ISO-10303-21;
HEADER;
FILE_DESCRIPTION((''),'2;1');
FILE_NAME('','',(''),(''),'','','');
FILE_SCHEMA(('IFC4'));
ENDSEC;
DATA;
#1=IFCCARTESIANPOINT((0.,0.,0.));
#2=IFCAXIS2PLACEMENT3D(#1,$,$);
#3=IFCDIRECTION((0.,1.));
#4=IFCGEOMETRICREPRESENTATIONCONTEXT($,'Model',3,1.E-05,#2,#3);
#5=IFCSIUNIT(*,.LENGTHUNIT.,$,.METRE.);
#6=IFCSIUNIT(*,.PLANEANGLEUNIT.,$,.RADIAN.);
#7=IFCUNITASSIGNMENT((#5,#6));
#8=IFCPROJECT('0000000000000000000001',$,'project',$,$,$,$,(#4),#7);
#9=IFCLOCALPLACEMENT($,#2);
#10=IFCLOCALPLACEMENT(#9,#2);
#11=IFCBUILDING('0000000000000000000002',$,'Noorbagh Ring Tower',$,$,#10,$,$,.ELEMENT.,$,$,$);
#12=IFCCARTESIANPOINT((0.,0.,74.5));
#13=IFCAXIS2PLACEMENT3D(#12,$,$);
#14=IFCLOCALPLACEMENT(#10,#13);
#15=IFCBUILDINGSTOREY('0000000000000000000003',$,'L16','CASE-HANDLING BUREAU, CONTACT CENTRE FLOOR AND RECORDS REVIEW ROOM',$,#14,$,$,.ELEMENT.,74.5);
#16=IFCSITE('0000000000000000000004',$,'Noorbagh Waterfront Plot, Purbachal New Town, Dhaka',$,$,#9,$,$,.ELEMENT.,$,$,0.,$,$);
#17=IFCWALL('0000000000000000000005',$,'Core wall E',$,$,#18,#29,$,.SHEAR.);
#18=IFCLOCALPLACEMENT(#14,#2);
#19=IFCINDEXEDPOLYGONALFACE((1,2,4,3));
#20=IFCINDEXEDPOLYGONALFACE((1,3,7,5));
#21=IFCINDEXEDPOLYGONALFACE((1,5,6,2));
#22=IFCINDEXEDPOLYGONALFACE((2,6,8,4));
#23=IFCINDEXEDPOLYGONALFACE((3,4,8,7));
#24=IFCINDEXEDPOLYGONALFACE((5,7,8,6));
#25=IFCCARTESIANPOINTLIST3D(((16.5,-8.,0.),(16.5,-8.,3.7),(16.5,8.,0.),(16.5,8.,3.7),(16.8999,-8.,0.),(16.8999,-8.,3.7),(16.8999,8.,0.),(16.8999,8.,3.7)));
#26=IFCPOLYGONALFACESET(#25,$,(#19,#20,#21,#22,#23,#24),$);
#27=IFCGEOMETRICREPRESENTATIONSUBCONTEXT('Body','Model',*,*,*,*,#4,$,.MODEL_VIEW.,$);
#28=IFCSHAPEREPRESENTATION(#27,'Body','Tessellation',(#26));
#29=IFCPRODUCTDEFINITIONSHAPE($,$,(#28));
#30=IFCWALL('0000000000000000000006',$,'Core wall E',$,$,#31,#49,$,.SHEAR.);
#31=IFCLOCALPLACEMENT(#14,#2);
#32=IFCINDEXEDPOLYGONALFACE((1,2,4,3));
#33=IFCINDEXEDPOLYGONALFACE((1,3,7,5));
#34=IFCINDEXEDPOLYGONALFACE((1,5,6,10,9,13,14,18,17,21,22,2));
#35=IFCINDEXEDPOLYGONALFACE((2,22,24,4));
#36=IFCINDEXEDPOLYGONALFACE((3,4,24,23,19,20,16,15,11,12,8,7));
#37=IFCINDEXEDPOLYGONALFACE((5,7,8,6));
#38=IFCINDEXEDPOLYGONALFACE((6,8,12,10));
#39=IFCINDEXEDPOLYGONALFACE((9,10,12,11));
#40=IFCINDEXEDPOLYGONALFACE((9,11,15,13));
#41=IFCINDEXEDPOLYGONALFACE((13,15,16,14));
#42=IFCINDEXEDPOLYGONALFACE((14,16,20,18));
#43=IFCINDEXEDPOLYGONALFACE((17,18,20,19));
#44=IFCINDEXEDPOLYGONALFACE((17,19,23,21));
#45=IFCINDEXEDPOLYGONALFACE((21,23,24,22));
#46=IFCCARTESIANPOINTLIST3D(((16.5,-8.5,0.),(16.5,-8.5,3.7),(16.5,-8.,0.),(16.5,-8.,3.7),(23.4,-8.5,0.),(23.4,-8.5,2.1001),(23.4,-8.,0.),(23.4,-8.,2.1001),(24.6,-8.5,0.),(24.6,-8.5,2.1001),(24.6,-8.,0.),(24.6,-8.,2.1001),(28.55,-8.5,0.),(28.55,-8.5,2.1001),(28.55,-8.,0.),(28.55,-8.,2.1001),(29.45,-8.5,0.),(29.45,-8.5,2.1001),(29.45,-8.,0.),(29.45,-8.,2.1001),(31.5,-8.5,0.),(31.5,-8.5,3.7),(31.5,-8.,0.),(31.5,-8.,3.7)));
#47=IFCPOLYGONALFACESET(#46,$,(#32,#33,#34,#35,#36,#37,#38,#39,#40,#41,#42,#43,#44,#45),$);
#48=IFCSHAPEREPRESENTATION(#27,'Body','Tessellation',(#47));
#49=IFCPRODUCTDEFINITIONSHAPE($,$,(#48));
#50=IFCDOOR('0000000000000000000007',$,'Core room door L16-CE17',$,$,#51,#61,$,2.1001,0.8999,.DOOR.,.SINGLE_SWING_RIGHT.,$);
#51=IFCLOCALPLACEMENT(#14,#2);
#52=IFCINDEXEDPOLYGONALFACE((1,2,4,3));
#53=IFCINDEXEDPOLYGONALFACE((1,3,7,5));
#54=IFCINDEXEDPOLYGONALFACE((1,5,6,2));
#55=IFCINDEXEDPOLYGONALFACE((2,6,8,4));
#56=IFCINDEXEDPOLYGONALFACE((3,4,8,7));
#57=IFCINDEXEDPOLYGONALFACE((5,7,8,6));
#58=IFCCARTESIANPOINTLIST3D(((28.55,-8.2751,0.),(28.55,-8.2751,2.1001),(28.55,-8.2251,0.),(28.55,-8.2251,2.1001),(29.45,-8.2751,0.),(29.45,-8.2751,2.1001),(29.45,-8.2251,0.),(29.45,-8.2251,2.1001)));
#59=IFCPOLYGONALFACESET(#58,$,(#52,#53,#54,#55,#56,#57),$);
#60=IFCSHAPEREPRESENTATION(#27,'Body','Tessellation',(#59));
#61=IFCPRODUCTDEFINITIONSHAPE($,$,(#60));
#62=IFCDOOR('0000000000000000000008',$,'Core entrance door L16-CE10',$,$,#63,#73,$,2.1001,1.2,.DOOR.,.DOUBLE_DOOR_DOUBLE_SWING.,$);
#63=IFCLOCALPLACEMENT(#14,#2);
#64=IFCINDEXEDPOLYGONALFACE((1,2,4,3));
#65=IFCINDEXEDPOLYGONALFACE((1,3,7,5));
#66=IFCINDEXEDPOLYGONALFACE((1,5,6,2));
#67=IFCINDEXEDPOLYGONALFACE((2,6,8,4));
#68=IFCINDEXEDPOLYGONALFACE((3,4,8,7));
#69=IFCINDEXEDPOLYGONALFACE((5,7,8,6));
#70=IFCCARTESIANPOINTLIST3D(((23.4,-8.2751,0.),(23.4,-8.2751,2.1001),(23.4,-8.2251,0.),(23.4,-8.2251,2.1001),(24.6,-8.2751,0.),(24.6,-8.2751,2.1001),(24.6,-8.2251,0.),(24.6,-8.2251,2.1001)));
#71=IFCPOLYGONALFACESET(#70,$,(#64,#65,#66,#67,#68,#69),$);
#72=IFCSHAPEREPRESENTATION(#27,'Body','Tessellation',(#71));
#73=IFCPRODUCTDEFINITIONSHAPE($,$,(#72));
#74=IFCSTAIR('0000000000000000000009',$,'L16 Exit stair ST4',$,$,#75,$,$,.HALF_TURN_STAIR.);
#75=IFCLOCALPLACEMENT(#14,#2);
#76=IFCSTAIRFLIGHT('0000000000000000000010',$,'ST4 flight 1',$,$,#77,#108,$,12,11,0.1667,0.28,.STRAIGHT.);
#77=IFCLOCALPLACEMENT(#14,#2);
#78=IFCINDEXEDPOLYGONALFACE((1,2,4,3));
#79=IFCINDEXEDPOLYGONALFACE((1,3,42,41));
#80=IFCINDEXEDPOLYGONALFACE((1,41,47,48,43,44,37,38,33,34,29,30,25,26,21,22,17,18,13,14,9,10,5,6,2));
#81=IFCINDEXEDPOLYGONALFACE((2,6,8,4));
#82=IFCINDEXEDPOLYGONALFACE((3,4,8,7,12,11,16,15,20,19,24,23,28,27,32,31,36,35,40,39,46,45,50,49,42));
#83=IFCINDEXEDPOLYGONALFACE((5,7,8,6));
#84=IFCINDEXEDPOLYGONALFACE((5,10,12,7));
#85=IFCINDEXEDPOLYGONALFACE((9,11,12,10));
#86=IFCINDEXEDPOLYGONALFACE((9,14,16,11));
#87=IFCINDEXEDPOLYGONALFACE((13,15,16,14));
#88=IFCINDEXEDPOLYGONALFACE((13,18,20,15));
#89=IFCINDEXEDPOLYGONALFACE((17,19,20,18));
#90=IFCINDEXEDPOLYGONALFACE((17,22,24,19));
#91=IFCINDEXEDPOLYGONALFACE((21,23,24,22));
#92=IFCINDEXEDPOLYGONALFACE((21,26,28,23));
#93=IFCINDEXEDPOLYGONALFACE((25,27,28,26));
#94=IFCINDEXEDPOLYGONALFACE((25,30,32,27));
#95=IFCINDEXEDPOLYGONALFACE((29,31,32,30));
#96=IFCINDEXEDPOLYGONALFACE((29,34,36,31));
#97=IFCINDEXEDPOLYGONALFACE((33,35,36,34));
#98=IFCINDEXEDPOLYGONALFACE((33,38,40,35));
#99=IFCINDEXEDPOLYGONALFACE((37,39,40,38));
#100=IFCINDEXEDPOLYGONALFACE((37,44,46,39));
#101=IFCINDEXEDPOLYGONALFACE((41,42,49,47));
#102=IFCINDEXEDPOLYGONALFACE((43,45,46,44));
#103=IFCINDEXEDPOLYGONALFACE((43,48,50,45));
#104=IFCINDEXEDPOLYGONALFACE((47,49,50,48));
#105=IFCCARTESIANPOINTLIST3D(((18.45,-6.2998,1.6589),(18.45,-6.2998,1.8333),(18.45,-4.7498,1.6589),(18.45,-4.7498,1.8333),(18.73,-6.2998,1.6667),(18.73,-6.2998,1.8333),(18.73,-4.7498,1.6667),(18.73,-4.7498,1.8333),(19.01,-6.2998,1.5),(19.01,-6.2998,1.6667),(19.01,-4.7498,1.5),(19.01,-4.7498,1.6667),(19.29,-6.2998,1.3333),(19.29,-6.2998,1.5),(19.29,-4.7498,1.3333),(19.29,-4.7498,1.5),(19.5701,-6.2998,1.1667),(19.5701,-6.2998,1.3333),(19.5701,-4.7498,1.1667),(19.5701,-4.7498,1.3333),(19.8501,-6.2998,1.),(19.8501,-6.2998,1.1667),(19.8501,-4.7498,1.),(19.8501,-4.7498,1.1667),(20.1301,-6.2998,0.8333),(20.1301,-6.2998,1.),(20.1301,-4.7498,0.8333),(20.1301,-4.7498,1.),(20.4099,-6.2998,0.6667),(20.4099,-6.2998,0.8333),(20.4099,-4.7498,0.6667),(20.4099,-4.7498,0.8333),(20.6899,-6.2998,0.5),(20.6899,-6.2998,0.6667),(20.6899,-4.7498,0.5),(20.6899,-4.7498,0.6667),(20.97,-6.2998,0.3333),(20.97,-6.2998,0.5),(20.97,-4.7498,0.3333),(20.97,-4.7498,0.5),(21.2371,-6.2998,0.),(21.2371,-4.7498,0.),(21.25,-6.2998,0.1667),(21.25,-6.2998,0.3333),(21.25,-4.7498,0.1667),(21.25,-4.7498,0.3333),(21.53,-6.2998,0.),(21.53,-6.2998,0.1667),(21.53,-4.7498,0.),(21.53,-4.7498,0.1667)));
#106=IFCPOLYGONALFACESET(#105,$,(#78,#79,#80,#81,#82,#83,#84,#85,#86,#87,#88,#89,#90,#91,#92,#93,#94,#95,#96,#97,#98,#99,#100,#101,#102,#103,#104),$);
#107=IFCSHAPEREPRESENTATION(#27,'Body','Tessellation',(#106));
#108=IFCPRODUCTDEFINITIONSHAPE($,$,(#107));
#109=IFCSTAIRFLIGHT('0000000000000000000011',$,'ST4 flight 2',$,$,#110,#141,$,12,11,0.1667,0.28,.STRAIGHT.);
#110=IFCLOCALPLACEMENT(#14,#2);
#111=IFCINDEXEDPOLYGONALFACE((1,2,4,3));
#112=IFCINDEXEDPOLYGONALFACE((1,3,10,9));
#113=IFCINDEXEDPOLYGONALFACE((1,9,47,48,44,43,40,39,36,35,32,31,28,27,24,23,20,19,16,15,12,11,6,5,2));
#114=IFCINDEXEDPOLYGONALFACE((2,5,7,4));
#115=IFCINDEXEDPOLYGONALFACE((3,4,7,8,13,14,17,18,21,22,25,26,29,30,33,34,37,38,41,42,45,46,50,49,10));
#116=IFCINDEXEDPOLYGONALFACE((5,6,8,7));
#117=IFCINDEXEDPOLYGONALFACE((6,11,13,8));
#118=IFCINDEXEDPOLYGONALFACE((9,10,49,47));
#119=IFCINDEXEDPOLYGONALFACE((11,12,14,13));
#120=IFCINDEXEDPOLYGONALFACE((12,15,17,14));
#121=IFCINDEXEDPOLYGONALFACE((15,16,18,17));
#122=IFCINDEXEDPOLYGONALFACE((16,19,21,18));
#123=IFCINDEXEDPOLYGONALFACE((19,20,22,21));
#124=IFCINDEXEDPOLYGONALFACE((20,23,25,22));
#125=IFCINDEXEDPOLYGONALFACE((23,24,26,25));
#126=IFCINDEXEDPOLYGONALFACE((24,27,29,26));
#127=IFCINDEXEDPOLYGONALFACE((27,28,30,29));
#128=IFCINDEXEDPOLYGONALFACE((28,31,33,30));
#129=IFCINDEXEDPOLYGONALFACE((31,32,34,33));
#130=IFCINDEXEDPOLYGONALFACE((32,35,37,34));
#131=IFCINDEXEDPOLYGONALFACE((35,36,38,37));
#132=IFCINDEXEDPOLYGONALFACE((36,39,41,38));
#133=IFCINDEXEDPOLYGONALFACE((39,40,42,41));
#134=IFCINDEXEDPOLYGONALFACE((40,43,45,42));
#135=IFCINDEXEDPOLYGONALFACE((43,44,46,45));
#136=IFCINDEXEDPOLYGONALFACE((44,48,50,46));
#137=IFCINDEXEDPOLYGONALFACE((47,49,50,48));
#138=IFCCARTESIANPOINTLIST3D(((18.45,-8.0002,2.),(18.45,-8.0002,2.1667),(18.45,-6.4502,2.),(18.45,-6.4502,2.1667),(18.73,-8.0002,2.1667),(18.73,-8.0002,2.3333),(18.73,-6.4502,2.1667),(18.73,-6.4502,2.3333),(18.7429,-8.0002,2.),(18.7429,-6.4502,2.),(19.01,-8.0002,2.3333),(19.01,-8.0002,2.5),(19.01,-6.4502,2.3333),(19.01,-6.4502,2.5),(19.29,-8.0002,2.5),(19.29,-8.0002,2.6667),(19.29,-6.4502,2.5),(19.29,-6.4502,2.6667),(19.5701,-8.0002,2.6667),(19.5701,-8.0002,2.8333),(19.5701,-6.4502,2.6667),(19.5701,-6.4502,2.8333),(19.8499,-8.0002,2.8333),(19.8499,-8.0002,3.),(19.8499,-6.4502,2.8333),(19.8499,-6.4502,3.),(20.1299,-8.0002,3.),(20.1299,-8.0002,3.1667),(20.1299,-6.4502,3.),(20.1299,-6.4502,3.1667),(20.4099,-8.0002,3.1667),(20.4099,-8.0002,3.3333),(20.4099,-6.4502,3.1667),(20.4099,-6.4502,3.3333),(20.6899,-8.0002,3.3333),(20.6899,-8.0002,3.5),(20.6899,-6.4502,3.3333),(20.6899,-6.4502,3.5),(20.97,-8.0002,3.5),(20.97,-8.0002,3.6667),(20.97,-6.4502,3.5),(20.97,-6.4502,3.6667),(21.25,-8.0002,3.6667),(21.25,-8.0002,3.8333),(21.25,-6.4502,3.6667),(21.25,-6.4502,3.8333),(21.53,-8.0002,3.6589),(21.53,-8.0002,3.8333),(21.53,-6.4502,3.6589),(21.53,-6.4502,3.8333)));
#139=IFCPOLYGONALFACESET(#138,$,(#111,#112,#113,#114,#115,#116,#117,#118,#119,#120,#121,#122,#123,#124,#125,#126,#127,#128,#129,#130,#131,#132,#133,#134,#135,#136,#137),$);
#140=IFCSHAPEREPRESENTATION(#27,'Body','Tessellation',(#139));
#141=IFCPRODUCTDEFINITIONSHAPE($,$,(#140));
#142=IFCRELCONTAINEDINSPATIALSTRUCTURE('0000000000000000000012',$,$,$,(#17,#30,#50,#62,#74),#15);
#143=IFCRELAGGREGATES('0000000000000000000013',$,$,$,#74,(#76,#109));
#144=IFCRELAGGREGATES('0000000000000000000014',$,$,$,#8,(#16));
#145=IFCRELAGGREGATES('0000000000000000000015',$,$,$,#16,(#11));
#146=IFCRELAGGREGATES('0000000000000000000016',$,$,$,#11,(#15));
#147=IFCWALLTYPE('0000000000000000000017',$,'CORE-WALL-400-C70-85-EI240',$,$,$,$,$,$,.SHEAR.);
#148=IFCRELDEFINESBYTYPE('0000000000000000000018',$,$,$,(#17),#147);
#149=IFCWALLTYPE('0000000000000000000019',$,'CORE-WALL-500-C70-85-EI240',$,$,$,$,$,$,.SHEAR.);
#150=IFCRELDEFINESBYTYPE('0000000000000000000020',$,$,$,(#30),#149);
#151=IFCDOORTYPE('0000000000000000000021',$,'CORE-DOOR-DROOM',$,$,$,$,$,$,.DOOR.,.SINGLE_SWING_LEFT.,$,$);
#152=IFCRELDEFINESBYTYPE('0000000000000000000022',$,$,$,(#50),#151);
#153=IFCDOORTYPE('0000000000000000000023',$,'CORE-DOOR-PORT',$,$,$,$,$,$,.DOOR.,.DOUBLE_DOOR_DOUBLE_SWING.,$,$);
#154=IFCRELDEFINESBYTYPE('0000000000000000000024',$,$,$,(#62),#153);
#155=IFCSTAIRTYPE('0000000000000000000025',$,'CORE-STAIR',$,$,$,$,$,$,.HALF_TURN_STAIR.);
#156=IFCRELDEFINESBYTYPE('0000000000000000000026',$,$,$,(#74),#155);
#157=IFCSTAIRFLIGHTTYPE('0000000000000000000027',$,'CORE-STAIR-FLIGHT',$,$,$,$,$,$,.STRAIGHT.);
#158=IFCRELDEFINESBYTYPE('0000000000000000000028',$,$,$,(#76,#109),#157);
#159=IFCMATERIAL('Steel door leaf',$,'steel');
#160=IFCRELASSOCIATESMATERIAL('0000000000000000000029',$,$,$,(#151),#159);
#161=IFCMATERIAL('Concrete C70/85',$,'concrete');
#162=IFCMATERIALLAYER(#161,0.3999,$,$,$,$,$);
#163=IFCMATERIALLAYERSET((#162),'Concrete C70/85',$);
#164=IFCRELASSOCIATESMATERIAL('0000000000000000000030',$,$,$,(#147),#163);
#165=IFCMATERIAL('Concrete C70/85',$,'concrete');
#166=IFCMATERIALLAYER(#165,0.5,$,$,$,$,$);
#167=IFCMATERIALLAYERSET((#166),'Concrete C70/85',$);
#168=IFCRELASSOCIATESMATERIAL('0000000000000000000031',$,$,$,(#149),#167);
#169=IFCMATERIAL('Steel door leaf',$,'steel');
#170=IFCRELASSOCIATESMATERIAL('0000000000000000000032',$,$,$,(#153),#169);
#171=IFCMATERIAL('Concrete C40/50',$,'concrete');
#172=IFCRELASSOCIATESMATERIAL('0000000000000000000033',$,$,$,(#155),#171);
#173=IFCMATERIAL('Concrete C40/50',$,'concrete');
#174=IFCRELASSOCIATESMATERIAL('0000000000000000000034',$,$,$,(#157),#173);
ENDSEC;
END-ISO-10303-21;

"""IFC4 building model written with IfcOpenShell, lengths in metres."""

from ifc_helpers import new_model, si_unit, direction, frame, frame_2d, origin, place, context, subcontext, project, spatial, polyline, rectangle, outline, extrude, material, layer, layer_set, type_object, element, fill, aggregate, save


model = new_model("IFC4")

# Units and contexts
model_context = context("Model", 3, precision=1e-05, world=origin(), true_north=direction((0.0, 1.0)))
body_context = subcontext(model_context, "Body", "Model", "MODEL_VIEW")
ifc_project = project(units=[si_unit("LENGTHUNIT", "METRE"), si_unit("PLANEANGLEUNIT", "RADIAN")], contexts=[model_context])

# Site, building, storey
site_placement = place(None, origin())
site = spatial("IfcSite", under=ifc_project, at=site_placement, Name="Noorbagh Waterfront Plot, Purbachal New Town, Dhaka", CompositionType="ELEMENT", RefElevation=0.0)
building_placement = place(site_placement, origin())
building = spatial("IfcBuilding", under=site, at=building_placement, Name="Noorbagh Ring Tower", CompositionType="ELEMENT")
storey_placement = place(building_placement, frame((0.0, 0.0, 74.5)))
storey = spatial("IfcBuildingStorey", under=building, at=storey_placement, Name="L16", Description="CASE-HANDLING BUREAU, CONTACT CENTRE FLOOR AND RECORDS REVIEW ROOM", CompositionType="ELEMENT", Elevation=74.5)

# Shared definitions
ifc_material_1 = material(Name="Steel door leaf", Category="steel")
door_type_1 = type_object("IfcDoorType", Name="CORE-DOOR-DROOM", OperationType="SINGLE_SWING_LEFT", PredefinedType="DOOR", material=ifc_material_1)

# Wall
ifc_material_2 = material(Name="Concrete C70/85", Category="concrete")
ifc_layer_1 = layer(ifc_material_2, 0.3999)
ifc_layer_set_1 = layer_set([ifc_layer_1], Name="Concrete C70/85")
wall_type_1 = type_object("IfcWallType", Name="CORE-WALL-400-C70-85-EI240", PredefinedType="SHEAR", material=ifc_layer_set_1)
wall_1_placement = place(storey_placement, frame((16.7, -8.0, 0.0), z_axis=(0.0, 0.0, 1.0), x_axis=(0.0, 1.0, 0.0)))
element("IfcWall", 1, at=wall_1_placement, inside=storey, type_object=wall_type_1, Name="Core wall E", PredefinedType="SHEAR", context=body_context, shape_type="SweptSolid", body=[
    extrude(rectangle(XDim=16.0, YDim=0.3999, at=frame_2d((8.0, 0.0))), origin(), (0.0, 0.0, 1.0), 3.7),
])

# Wall, openings, doors
ifc_material_3 = material(Name="Concrete C70/85", Category="concrete")
ifc_layer_2 = layer(ifc_material_3, 0.5)
ifc_layer_set_2 = layer_set([ifc_layer_2], Name="Concrete C70/85")
wall_type_2 = type_object("IfcWallType", Name="CORE-WALL-500-C70-85-EI240", PredefinedType="SHEAR", material=ifc_layer_set_2)
wall_2_placement = place(storey_placement, frame((16.5, -8.25, 0.0), z_axis=(0.0, 0.0, 1.0), x_axis=(1.0, 0.0, 0.0)))
wall_2 = element("IfcWall", 2, at=wall_2_placement, inside=storey, type_object=wall_type_2, Name="Core wall E", PredefinedType="SHEAR", context=body_context, shape_type="SweptSolid", body=[
    extrude(rectangle(XDim=15.0, YDim=0.5, at=frame_2d((7.5, 0.0))), origin(), (0.0, 0.0, 1.0), 3.7),
])
opening_1_placement = place(wall_2_placement, frame((6.8999, 0.0, 0.0)))
opening_1 = element("IfcOpeningElement", 3, at=opening_1_placement, cuts=wall_2, PredefinedType="OPENING", context=body_context, shape_type="SweptSolid", body=[
    extrude(rectangle(XDim=1.2, YDim=2.1001, at=frame_2d((0.6001, 1.05))), frame((0.0, 0.26, 0.0), z_axis=(0.0, -1.0, 0.0), x_axis=(1.0, 0.0, 0.0)), (0.0, 0.0, 1.0), 0.52),
])
opening_2_placement = place(wall_2_placement, frame((12.05, 0.0, 0.0)))
opening_2 = element("IfcOpeningElement", 4, at=opening_2_placement, cuts=wall_2, PredefinedType="OPENING", context=body_context, shape_type="SweptSolid", body=[
    extrude(rectangle(XDim=0.8999, YDim=2.1001, at=frame_2d((0.45, 1.05))), frame((0.0, 0.26, 0.0), z_axis=(0.0, -1.0, 0.0), x_axis=(1.0, 0.0, 0.0)), (0.0, 0.0, 1.0), 0.52),
])
door_1_placement = place(opening_2_placement, origin())
door_1 = element("IfcDoor", 5, at=door_1_placement, inside=storey, type_object=door_type_1, Name="Core room door L16-CE17", OperationType="SINGLE_SWING_RIGHT", OverallHeight=2.1001, OverallWidth=0.8999, PredefinedType="DOOR", context=body_context, shape_type="SweptSolid", body=[
    extrude(rectangle(XDim=0.8999, YDim=2.1001, at=frame_2d((0.45, 1.05))), frame((0.0, 0.0249, 0.0), z_axis=(0.0, -1.0, 0.0), x_axis=(1.0, 0.0, 0.0)), (0.0, 0.0, 1.0), 0.05),
])
fill(opening_2, door_1)
ifc_material_4 = material(Name="Steel door leaf", Category="steel")
door_type_2 = type_object("IfcDoorType", Name="CORE-DOOR-PORT", OperationType="DOUBLE_DOOR_DOUBLE_SWING", PredefinedType="DOOR", material=ifc_material_4)
door_2_placement = place(opening_1_placement, origin())
door_2 = element("IfcDoor", 6, at=door_2_placement, inside=storey, type_object=door_type_2, Name="Core entrance door L16-CE10", OperationType="DOUBLE_DOOR_DOUBLE_SWING", OverallHeight=2.1001, OverallWidth=1.2, PredefinedType="DOOR", context=body_context, shape_type="SweptSolid", body=[
    extrude(rectangle(XDim=1.2, YDim=2.1001, at=frame_2d((0.6001, 1.05))), frame((0.0, 0.0249, 0.0), z_axis=(0.0, -1.0, 0.0), x_axis=(1.0, 0.0, 0.0)), (0.0, 0.0, 1.0), 0.05),
])
fill(opening_1, door_2)

# Stair, stair flights
ifc_material_5 = material(Name="Concrete C40/50", Category="concrete")
stair_type = type_object("IfcStairType", Name="CORE-STAIR", PredefinedType="HALF_TURN_STAIR", material=ifc_material_5)
stair_placement = place(storey_placement, origin())
stair = element("IfcStair", 7, at=stair_placement, inside=storey, type_object=stair_type, Name="L16 Exit stair ST4", PredefinedType="HALF_TURN_STAIR")
ifc_material_6 = material(Name="Concrete C40/50", Category="concrete")
stair_flight_type = type_object("IfcStairFlightType", Name="CORE-STAIR-FLIGHT", PredefinedType="STRAIGHT", material=ifc_material_6)
stair_flight_1_placement = place(storey_placement, frame((21.53, -5.5249, 0.0), z_axis=(0.0, 0.0, 1.0), x_axis=(-1.0, 0.0, 0.0)))
stair_flight_1 = element("IfcStairFlight", 8, at=stair_flight_1_placement, type_object=stair_flight_type, Name="ST4 flight 1", NumberOfRisers=12, NumberOfTreads=11, PredefinedType="STRAIGHT", RiserHeight=0.1667, TreadLength=0.28, context=body_context, shape_type="SweptSolid", body=[
    extrude(outline(polyline([(0.0, 0.0), (0.0, 0.1667), (0.28, 0.1667), (0.28, 0.3333), (0.5601, 0.3333), (0.5601, 0.5), (0.8401, 0.5), (0.8401, 0.6667), (1.1201, 0.6667), (1.1201, 0.8333), (1.3999, 0.8333), (1.3999, 1.0), (1.6799, 1.0), (1.6799, 1.1667), (1.96, 1.1667), (1.96, 1.3333), (2.24, 1.3333), (2.24, 1.5), (2.52, 1.5), (2.52, 1.6667), (2.8, 1.6667), (2.8, 1.8333), (3.0801, 1.8333), (3.0801, 2.0), (3.0801, 1.6589), (0.293, 0.0), (0.0, 0.0)])), frame((0.0, 0.7749, 0.0), z_axis=(0.0, -1.0, 0.0), x_axis=(1.0, 0.0, 0.0)), (0.0, 0.0, 1.0), 1.55),
])
stair_flight_2_placement = place(storey_placement, frame((18.45, -7.2251, 2.0), z_axis=(0.0, 0.0, 1.0), x_axis=(1.0, 0.0, 0.0)))
stair_flight_2 = element("IfcStairFlight", 9, at=stair_flight_2_placement, type_object=stair_flight_type, Name="ST4 flight 2", NumberOfRisers=12, NumberOfTreads=11, PredefinedType="STRAIGHT", RiserHeight=0.1667, TreadLength=0.28, context=body_context, shape_type="SweptSolid", body=[
    extrude(outline(polyline([(0.0, 0.0), (0.0, 0.1667), (0.28, 0.1667), (0.28, 0.3333), (0.5601, 0.3333), (0.5601, 0.5), (0.8401, 0.5), (0.8401, 0.6667), (1.1201, 0.6667), (1.1201, 0.8333), (1.3999, 0.8333), (1.3999, 1.0), (1.6799, 1.0), (1.6799, 1.1667), (1.96, 1.1667), (1.96, 1.3333), (2.24, 1.3333), (2.24, 1.5), (2.52, 1.5), (2.52, 1.6667), (2.8, 1.6667), (2.8, 1.8333), (3.0801, 1.8333), (3.0801, 2.0), (3.0801, 1.6589), (0.293, 0.0), (0.0, 0.0)])), frame((0.0, 0.7749, 0.0), z_axis=(0.0, -1.0, 0.0), x_axis=(1.0, 0.0, 0.0)), (0.0, 0.0, 1.0), 1.55),
])
aggregate(stair, [stair_flight_1, stair_flight_2])

save(model, "model.ifc")
